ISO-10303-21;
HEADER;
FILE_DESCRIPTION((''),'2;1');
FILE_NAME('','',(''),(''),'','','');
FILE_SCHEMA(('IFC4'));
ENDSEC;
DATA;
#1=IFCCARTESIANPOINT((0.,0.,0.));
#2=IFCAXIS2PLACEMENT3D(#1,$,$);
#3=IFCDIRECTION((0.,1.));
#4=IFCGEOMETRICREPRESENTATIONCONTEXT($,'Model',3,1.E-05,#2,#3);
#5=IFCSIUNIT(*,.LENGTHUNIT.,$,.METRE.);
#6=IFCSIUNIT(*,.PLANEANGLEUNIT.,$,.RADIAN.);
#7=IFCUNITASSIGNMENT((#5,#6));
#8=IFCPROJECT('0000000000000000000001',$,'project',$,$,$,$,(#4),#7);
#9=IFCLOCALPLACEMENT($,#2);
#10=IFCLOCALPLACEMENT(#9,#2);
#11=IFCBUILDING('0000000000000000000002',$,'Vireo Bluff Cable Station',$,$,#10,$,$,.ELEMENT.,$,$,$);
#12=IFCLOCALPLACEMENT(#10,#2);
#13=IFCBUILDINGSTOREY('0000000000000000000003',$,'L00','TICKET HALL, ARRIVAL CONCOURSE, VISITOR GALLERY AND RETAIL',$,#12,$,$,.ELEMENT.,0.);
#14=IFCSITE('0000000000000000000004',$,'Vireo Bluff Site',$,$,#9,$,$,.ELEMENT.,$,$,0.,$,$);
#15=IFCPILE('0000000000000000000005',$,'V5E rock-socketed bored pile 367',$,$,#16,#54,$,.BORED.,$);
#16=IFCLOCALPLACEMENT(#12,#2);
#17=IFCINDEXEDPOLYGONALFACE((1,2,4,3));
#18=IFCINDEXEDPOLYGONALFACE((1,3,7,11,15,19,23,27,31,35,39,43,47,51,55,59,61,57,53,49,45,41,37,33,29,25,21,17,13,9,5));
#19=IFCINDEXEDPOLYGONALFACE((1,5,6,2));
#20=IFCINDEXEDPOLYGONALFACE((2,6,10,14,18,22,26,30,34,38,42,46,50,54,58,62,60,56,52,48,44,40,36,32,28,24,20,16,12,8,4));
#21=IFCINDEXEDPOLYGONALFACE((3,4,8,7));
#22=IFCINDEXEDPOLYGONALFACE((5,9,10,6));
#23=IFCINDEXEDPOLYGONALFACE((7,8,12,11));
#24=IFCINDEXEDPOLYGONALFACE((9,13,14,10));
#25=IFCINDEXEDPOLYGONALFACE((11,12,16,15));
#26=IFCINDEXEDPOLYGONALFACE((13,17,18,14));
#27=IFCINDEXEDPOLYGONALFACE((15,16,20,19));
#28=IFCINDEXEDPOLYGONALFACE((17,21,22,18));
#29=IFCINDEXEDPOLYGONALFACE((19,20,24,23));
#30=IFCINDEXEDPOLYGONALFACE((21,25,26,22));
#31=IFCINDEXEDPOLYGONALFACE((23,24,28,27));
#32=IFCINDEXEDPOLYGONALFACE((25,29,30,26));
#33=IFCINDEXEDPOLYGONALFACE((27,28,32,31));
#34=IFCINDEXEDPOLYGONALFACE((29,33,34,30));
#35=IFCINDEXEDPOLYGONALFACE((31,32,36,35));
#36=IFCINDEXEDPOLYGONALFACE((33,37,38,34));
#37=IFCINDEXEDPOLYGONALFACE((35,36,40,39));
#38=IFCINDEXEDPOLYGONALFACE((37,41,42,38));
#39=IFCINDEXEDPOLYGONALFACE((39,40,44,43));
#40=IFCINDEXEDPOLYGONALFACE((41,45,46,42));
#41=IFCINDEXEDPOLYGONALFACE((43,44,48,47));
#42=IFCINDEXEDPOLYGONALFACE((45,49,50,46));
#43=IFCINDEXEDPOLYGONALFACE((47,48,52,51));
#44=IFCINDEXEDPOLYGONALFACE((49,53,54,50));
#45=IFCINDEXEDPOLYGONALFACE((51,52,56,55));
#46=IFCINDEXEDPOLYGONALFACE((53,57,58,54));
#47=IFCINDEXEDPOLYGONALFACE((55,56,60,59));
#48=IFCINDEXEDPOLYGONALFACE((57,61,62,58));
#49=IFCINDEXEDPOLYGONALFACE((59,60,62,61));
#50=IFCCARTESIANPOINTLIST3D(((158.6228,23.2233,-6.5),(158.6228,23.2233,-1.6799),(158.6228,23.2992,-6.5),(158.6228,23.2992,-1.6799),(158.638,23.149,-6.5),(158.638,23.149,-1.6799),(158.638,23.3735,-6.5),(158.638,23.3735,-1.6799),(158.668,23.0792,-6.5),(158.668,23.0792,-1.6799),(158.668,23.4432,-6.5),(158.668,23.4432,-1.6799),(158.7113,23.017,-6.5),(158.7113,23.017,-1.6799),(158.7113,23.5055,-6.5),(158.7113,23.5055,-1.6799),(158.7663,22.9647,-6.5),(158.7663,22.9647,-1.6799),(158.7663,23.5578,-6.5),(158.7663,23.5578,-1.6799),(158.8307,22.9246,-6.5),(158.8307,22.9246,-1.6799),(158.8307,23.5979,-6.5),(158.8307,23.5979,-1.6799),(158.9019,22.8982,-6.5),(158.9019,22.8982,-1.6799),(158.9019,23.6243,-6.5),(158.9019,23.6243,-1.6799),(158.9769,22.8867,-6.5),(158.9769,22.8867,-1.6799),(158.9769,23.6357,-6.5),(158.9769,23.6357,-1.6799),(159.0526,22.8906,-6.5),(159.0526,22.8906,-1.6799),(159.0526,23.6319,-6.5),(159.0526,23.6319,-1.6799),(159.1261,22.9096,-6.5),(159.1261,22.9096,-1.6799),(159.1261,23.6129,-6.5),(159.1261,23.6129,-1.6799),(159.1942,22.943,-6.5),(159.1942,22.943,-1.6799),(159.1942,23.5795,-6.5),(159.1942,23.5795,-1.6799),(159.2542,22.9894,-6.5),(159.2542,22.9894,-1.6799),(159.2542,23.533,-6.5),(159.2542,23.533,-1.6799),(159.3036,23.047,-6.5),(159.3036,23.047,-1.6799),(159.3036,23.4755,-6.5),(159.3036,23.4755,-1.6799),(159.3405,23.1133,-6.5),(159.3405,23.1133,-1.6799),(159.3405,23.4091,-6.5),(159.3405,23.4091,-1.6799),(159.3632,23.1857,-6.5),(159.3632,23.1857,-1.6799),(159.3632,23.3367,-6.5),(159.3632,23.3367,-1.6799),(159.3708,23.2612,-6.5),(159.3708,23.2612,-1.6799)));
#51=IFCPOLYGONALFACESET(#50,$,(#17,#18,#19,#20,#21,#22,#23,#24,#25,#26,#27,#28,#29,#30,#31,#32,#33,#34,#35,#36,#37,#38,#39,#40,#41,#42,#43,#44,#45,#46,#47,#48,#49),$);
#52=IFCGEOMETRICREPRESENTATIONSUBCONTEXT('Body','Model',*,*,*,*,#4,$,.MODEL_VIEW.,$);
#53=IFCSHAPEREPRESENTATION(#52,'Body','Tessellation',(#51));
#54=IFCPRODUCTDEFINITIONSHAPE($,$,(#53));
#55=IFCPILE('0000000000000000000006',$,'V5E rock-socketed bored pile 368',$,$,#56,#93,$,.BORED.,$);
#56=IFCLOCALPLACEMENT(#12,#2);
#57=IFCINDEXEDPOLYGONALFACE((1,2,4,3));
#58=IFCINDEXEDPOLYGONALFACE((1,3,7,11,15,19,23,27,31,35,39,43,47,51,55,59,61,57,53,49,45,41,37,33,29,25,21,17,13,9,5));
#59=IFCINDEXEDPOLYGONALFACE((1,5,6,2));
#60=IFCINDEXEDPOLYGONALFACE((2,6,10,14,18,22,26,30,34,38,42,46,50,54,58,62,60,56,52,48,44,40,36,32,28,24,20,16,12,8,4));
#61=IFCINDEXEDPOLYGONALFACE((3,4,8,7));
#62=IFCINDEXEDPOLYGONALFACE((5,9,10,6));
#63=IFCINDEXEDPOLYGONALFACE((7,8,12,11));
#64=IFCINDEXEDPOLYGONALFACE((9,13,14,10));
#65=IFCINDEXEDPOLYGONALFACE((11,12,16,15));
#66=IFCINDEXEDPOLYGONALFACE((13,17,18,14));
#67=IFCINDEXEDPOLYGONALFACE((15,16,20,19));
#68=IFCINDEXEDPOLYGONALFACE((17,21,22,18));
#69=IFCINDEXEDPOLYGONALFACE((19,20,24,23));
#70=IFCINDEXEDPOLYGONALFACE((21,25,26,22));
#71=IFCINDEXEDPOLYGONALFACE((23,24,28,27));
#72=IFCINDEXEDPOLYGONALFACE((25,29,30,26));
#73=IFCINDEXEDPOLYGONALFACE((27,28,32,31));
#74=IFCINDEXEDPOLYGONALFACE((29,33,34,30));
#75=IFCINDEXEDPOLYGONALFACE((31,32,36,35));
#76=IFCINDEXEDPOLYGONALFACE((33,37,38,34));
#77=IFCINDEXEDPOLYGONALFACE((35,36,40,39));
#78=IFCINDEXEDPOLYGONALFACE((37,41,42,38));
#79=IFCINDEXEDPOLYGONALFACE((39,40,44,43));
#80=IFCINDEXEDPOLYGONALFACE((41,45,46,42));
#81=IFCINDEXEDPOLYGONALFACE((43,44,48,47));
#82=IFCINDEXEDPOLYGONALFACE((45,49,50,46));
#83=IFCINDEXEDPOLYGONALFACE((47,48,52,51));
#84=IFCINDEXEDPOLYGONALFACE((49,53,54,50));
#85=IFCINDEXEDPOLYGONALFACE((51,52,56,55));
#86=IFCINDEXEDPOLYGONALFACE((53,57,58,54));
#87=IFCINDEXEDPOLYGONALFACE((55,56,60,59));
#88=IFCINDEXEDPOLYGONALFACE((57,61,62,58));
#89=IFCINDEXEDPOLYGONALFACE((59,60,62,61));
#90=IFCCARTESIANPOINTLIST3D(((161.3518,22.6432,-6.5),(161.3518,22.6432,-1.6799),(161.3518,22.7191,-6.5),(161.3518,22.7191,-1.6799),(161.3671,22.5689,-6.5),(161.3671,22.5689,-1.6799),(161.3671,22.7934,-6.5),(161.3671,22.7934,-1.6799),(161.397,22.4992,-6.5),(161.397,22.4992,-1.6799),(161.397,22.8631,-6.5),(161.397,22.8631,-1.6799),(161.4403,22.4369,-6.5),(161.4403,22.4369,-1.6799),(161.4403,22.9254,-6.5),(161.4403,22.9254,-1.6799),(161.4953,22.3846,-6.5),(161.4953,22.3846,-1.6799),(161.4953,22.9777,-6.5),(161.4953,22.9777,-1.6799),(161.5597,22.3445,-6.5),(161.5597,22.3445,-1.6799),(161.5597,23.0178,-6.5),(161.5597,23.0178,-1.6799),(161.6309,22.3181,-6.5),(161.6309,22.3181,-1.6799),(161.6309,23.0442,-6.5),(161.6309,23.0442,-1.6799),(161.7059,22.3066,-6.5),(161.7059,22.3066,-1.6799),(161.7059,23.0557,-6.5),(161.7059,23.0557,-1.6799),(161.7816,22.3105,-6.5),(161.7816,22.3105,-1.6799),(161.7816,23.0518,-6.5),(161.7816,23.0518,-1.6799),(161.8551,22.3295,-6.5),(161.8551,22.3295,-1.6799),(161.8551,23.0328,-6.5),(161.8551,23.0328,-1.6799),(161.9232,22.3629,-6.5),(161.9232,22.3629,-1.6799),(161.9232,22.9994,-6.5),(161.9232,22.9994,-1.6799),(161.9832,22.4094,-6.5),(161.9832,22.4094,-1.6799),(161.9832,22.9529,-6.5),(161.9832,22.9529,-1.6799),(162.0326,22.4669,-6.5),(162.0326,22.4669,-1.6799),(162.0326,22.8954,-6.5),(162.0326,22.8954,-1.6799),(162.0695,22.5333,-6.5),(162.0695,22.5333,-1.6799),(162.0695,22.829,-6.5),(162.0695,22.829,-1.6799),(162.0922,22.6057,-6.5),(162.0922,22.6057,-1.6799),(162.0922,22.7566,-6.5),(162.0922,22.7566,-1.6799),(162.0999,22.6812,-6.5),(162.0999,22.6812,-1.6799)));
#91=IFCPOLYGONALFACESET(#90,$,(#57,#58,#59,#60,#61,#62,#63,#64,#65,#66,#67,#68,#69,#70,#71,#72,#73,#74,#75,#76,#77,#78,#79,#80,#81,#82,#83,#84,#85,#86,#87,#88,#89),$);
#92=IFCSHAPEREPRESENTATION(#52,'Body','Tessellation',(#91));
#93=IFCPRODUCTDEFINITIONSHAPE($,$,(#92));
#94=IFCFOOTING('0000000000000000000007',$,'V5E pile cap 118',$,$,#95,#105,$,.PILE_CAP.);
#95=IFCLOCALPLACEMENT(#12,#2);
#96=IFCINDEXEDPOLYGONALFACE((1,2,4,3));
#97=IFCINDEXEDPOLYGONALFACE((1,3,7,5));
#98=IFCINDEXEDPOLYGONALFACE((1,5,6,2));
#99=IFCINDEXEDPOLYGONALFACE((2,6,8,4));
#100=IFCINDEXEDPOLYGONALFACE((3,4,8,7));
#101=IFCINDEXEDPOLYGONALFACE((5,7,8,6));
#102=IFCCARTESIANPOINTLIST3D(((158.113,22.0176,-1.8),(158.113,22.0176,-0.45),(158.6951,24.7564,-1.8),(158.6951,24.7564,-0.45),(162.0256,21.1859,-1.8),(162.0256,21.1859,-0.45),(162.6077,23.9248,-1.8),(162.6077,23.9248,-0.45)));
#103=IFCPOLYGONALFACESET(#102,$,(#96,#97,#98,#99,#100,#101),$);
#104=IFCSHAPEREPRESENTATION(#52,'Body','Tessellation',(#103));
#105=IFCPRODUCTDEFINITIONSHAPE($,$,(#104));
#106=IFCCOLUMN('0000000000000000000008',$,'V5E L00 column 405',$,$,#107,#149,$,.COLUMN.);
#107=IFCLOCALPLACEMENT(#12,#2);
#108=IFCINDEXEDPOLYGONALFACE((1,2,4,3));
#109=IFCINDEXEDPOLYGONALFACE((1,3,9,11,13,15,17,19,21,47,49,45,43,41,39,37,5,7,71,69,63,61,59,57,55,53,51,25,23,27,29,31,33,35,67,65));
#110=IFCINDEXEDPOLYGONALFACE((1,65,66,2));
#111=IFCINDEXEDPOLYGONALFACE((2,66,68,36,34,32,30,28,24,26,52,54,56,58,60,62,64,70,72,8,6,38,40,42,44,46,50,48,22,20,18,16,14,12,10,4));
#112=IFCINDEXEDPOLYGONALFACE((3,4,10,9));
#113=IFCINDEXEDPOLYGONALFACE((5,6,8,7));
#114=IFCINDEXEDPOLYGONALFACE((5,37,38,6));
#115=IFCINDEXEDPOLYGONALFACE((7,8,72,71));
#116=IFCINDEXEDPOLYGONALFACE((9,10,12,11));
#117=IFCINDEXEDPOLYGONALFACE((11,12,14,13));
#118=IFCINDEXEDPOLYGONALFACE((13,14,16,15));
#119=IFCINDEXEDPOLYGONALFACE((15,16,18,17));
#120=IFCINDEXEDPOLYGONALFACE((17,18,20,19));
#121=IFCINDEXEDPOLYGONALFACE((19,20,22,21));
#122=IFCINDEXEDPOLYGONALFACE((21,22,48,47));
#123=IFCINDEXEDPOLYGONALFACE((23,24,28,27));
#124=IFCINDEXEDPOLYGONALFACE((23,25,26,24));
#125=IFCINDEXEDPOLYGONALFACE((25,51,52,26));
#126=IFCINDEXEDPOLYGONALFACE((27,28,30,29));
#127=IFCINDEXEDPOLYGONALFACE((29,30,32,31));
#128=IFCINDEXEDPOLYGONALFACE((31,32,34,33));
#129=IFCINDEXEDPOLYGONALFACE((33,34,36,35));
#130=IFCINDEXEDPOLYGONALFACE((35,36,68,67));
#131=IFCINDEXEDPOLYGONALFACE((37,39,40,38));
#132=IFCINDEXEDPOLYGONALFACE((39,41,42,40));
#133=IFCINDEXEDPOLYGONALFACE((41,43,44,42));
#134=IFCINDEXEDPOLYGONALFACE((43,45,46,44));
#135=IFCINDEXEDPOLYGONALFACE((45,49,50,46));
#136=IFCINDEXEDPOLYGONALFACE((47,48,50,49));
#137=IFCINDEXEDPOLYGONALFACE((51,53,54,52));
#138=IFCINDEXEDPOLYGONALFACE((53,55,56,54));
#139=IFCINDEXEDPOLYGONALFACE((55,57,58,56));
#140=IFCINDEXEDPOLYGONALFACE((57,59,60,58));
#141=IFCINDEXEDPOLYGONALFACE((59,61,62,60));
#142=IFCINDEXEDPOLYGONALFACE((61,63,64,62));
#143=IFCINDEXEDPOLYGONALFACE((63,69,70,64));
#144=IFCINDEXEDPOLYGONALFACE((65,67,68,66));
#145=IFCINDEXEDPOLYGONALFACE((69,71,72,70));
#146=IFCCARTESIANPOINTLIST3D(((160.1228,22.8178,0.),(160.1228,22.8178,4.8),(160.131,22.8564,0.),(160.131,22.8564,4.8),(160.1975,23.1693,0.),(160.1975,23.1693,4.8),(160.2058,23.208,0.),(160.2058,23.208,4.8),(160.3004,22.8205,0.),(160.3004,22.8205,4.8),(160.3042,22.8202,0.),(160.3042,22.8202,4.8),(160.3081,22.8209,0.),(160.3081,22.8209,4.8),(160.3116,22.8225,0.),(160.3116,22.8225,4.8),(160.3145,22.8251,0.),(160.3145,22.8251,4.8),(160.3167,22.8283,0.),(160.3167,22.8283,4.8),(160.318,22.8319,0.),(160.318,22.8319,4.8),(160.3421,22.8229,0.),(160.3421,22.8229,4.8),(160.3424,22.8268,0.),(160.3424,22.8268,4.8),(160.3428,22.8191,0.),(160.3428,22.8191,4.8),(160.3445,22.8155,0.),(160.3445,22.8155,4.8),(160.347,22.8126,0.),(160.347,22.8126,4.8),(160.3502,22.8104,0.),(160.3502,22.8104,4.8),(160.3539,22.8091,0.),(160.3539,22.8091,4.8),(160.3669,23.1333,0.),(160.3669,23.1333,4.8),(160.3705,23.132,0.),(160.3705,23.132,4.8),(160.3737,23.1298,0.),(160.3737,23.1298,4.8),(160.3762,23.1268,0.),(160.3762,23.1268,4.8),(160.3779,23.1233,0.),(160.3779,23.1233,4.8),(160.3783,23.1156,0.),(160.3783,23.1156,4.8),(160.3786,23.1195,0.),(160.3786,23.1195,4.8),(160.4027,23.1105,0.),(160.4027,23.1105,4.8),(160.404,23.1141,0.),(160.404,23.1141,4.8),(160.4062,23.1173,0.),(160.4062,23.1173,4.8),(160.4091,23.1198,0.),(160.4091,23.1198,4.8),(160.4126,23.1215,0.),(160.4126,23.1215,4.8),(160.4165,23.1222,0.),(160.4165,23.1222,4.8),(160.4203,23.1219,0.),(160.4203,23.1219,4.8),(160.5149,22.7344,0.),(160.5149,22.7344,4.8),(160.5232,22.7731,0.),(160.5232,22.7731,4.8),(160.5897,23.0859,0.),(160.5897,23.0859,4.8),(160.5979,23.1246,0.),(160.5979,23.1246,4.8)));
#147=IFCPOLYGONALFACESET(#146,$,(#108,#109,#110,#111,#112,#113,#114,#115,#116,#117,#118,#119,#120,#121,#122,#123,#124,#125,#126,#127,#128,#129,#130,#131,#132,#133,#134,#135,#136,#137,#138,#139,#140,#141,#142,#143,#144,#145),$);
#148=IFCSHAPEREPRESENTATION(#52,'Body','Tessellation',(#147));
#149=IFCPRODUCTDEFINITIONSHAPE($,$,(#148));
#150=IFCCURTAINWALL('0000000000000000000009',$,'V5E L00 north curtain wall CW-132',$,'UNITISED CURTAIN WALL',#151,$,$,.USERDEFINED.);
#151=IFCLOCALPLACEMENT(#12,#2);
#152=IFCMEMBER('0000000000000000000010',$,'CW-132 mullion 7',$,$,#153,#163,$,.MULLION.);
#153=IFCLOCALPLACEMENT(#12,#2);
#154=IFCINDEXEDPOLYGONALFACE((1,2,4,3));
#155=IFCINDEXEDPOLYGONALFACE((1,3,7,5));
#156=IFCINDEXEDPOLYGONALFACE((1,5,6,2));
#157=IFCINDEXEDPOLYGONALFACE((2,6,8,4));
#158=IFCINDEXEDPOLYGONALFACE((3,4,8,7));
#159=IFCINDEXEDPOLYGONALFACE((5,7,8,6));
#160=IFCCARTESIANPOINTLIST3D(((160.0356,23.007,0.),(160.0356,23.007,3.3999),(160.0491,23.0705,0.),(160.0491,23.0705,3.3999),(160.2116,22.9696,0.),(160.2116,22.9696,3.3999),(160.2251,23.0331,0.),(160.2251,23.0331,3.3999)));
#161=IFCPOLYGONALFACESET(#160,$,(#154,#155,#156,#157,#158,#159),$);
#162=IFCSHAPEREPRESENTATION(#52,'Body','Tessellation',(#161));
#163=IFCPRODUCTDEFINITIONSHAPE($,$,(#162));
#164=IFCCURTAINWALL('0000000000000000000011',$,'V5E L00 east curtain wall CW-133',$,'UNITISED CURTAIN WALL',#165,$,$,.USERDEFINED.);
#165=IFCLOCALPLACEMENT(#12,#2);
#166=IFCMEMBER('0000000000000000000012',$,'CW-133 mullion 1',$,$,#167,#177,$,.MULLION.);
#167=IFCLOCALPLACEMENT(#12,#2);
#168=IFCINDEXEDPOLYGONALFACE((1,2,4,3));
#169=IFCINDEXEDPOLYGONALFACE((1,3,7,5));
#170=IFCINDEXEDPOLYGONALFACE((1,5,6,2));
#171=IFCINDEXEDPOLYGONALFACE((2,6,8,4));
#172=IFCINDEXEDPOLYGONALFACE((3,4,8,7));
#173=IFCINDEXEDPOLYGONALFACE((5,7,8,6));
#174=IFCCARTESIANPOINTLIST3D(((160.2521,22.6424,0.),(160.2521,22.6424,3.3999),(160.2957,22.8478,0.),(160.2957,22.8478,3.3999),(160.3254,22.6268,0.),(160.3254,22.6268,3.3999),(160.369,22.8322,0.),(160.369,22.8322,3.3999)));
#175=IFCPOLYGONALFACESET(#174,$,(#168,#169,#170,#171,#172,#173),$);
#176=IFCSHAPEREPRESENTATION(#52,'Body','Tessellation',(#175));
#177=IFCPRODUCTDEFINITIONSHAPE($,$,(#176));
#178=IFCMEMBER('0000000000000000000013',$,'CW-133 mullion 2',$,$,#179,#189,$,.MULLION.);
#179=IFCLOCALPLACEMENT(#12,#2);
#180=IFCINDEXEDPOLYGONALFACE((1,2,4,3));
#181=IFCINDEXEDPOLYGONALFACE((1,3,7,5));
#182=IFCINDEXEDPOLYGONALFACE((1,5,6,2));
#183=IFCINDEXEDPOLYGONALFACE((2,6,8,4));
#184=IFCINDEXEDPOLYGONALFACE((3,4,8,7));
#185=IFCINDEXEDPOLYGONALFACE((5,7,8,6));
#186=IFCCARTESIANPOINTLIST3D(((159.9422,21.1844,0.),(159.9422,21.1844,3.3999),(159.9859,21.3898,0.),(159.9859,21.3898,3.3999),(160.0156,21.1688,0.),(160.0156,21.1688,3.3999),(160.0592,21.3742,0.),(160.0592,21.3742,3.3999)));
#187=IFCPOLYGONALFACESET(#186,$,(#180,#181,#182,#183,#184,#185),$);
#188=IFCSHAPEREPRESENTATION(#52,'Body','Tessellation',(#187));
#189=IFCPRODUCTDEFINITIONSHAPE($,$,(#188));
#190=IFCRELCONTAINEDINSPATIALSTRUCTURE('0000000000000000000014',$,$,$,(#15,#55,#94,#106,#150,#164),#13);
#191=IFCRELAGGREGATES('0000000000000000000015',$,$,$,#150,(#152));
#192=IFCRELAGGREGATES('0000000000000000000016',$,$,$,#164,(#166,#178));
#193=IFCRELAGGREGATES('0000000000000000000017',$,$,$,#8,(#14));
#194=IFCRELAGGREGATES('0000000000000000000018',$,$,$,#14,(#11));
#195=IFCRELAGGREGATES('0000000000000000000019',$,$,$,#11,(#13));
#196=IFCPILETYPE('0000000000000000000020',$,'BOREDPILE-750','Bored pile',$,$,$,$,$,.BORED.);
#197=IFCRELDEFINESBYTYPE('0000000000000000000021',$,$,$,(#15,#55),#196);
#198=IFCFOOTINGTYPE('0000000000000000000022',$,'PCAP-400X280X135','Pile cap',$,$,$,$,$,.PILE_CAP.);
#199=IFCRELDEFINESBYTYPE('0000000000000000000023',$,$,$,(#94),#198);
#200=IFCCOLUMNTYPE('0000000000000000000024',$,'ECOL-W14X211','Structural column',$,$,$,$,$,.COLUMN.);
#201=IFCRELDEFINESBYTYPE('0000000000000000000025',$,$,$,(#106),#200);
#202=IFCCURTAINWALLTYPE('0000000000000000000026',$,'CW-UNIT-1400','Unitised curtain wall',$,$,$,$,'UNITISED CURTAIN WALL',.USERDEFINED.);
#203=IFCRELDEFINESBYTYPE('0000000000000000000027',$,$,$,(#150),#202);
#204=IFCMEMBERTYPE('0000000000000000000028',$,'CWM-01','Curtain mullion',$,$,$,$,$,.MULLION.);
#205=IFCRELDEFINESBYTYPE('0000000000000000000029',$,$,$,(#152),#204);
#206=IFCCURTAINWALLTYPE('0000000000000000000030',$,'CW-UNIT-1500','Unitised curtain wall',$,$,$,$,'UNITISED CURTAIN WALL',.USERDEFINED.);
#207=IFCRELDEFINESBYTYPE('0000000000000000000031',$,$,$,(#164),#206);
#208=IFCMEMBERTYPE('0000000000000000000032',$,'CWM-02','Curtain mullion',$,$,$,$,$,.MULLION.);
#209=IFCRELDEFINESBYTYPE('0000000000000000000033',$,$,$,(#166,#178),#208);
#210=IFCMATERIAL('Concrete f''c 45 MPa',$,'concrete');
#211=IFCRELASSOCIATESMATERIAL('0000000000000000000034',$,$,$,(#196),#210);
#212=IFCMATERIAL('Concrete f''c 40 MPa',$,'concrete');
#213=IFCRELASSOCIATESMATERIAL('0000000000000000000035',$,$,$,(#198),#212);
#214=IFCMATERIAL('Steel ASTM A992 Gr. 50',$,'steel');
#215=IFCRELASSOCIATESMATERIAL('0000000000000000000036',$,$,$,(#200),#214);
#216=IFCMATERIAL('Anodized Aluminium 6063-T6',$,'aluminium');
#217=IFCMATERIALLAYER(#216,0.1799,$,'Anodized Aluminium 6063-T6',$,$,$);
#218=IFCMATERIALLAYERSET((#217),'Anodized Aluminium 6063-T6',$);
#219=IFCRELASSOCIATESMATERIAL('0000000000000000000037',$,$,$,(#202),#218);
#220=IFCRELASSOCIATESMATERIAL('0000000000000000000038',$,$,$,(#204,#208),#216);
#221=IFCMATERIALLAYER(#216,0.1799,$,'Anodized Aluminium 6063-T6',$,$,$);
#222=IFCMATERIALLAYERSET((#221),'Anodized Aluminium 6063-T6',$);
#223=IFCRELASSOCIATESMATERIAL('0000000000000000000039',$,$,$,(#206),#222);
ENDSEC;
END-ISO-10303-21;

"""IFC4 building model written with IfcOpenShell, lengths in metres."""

from ifc_helpers import new_model, si_unit, direction, frame, origin, origin_2d, place, context, subcontext, project, spatial, rectangle, circle, i_section, extrude, material, layer, layer_set, material_profile, profile_set, type_object, element, aggregate, save


model = new_model("IFC4")

# Units and contexts
model_context = context("Model", 3, precision=1e-05, world=origin(), true_north=direction((0.0, 1.0)))
body_context = subcontext(model_context, "Body", "Model", "MODEL_VIEW")
ifc_project = project(units=[si_unit("LENGTHUNIT", "METRE"), si_unit("PLANEANGLEUNIT", "RADIAN")], contexts=[model_context])

# Site, building, storey
site_placement = place(None, origin())
site = spatial("IfcSite", under=ifc_project, at=site_placement, Name="Vireo Bluff Site", CompositionType="ELEMENT", RefElevation=0.0)
building_placement = place(site_placement, origin())
building = spatial("IfcBuilding", under=site, at=building_placement, Name="Vireo Bluff Cable Station", CompositionType="ELEMENT")
storey_placement = place(building_placement, origin())
storey = spatial("IfcBuildingStorey", under=building, at=storey_placement, Name="L00", Description="TICKET HALL, ARRIVAL CONCOURSE, VISITOR GALLERY AND RETAIL", CompositionType="ELEMENT", Elevation=0.0)

# Piles
ifc_material_1 = material(Name="Concrete f'c 45 MPa", Category="concrete")
ifc_material_profile_1 = material_profile(ifc_material_1, circle(Radius=0.375, at=origin_2d()), Name="BOREDPILE-750")
ifc_profile_set_1 = profile_set([ifc_material_profile_1], Name="Concrete f'c 45 MPa")
pile_type = type_object("IfcPileType", Name="BOREDPILE-750", Description="Bored pile", PredefinedType="BORED", material=ifc_profile_set_1)
for number, where, z_axis, x_axis, name in (
    (1, (158.9958, 23.2612, -1.6799), (0.0, 0.0, -1.0), (1.0, 0.0, 0.0), "V5E rock-socketed bored pile 367"),
    (2, (161.7249, 22.6812, -1.6799), (0.0, 0.0, -1.0), (1.0, 0.0, 0.0), "V5E rock-socketed bored pile 368"),
):
    element("IfcPile", number, at=place(storey_placement, frame(where, z_axis=z_axis, x_axis=x_axis)), inside=storey, type_object=pile_type, Name=name, PredefinedType="BORED", context=body_context, shape_type="SweptSolid", body=[
        extrude(circle(Radius=0.375, at=origin_2d()), origin(), (0.0, 0.0, 1.0), 4.8201),
    ])

# Footing
ifc_material_2 = material(Name="Concrete f'c 40 MPa", Category="concrete")
footing_type = type_object("IfcFootingType", Name="PCAP-400X280X135", Description="Pile cap", PredefinedType="PILE_CAP", material=ifc_material_2)
footing_placement = place(storey_placement, frame((160.3604, 22.9712, -1.8), z_axis=(0.0, 0.0, 1.0), x_axis=(0.978148, -0.207912, 0.0)))
element("IfcFooting", 3, at=footing_placement, inside=storey, type_object=footing_type, Name="V5E pile cap 118", PredefinedType="PILE_CAP", context=body_context, shape_type="SweptSolid", body=[
    extrude(rectangle(XDim=4.0, YDim=2.8, at=origin_2d()), origin(), (0.0, 0.0, 1.0), 1.3501),
])

# Column
ifc_material_3 = material(Name="Steel ASTM A992 Gr. 50", Category="steel")
ifc_material_profile_2 = material_profile(ifc_material_3, i_section(OverallWidth=0.4009, OverallDepth=0.3989, WebThickness=0.0249, FlangeThickness=0.0396, FilletRadius=0.0149, at=origin_2d()), Name="W14X211")
ifc_profile_set_2 = profile_set([ifc_material_profile_2], Name="Steel ASTM A992 Gr. 50")
column_type = type_object("IfcColumnType", Name="ECOL-W14X211", Description="Structural column", PredefinedType="COLUMN", material=ifc_profile_set_2)
column_placement = place(storey_placement, frame((160.3604, 22.9712, 0.0), z_axis=(0.0, 0.0, 1.0), x_axis=(0.978148, -0.207912, 0.0)))
element("IfcColumn", 4, at=column_placement, inside=storey, type_object=column_type, Name="V5E L00 column 405", PredefinedType="COLUMN", context=body_context, shape_type="SweptSolid", body=[
    extrude(i_section(OverallWidth=0.4009, OverallDepth=0.3989, WebThickness=0.0249, FlangeThickness=0.0396, FilletRadius=0.0149, at=origin_2d()), origin(), (0.0, 0.0, 1.0), 4.8),
])

# Curtain wall, member
ifc_material_4 = material(Name="Anodized Aluminium 6063-T6", Category="aluminium")
ifc_layer_1 = layer(ifc_material_4, 0.1799, Name="Anodized Aluminium 6063-T6")
ifc_layer_set_1 = layer_set([ifc_layer_1], Name="Anodized Aluminium 6063-T6")
curtain_wall_type_1 = type_object("IfcCurtainWallType", Name="CW-UNIT-1400", Description="Unitised curtain wall", ElementType="UNITISED CURTAIN WALL", PredefinedType="USERDEFINED", material=ifc_layer_set_1)
curtain_wall_1_placement = place(storey_placement, origin())
curtain_wall_1 = element("IfcCurtainWall", 5, at=curtain_wall_1_placement, inside=storey, type_object=curtain_wall_type_1, Name="V5E L00 north curtain wall CW-132", ObjectType="UNITISED CURTAIN WALL", PredefinedType="USERDEFINED")
ifc_material_profile_3 = material_profile(ifc_material_4, rectangle(XDim=0.0649, YDim=0.1799, at=origin_2d()), Name="ALU-M-65X180")
ifc_profile_set_3 = profile_set([ifc_material_profile_3], Name="Anodized Aluminium 6063-T6")
member_type_1 = type_object("IfcMemberType", Name="CWM-01", Description="Curtain mullion", PredefinedType="MULLION", material=ifc_profile_set_3)
member_1_placement = place(storey_placement, frame((160.1304, 23.02, 0.0), z_axis=(0.0, 0.0, 1.0), x_axis=(0.207912, 0.978148, 0.0)))
member_1 = element("IfcMember", 6, at=member_1_placement, type_object=member_type_1, Name="CW-132 mullion 7", PredefinedType="MULLION", context=body_context, shape_type="SweptSolid", body=[
    extrude(rectangle(XDim=0.0649, YDim=0.1799, at=origin_2d()), origin(), (0.0, 0.0, 1.0), 3.3999),
])

# Curtain wall, members
ifc_layer_2 = layer(ifc_material_4, 0.1799, Name="Anodized Aluminium 6063-T6")
ifc_layer_set_2 = layer_set([ifc_layer_2], Name="Anodized Aluminium 6063-T6")
curtain_wall_type_2 = type_object("IfcCurtainWallType", Name="CW-UNIT-1500", Description="Unitised curtain wall", ElementType="UNITISED CURTAIN WALL", PredefinedType="USERDEFINED", material=ifc_layer_set_2)
curtain_wall_2_placement = place(storey_placement, origin())
curtain_wall_2 = element("IfcCurtainWall", 7, at=curtain_wall_2_placement, inside=storey, type_object=curtain_wall_type_2, Name="V5E L00 east curtain wall CW-133", ObjectType="UNITISED CURTAIN WALL", PredefinedType="USERDEFINED")
ifc_material_profile_4 = material_profile(ifc_material_4, rectangle(XDim=0.075, YDim=0.21, at=origin_2d()), Name="ALU-M-75X210")
ifc_profile_set_4 = profile_set([ifc_material_profile_4], Name="Anodized Aluminium 6063-T6")
member_type_2 = type_object("IfcMemberType", Name="CWM-02", Description="Curtain mullion", PredefinedType="MULLION", material=ifc_profile_set_4)
member_2_placement = place(storey_placement, frame((160.3105, 22.7373, 0.0), z_axis=(0.0, 0.0, 1.0), x_axis=(0.978148, -0.207912, 0.0)))
member_2 = element("IfcMember", 8, at=member_2_placement, type_object=member_type_2, Name="CW-133 mullion 1", PredefinedType="MULLION", context=body_context, shape_type="SweptSolid", body=[
    extrude(rectangle(XDim=0.075, YDim=0.21, at=origin_2d()), origin(), (0.0, 0.0, 1.0), 3.3999),
])
member_3_placement = place(storey_placement, frame((160.0007, 21.2793, 0.0), z_axis=(0.0, 0.0, 1.0), x_axis=(0.978148, -0.207912, 0.0)))
member_3 = element("IfcMember", 9, at=member_3_placement, type_object=member_type_2, Name="CW-133 mullion 2", PredefinedType="MULLION", context=body_context, shape_type="SweptSolid", body=[
    extrude(rectangle(XDim=0.075, YDim=0.21, at=origin_2d()), origin(), (0.0, 0.0, 1.0), 3.3999),
])

aggregate(curtain_wall_1, [member_1])
aggregate(curtain_wall_2, [member_2, member_3])

save(model, "model.ifc")
